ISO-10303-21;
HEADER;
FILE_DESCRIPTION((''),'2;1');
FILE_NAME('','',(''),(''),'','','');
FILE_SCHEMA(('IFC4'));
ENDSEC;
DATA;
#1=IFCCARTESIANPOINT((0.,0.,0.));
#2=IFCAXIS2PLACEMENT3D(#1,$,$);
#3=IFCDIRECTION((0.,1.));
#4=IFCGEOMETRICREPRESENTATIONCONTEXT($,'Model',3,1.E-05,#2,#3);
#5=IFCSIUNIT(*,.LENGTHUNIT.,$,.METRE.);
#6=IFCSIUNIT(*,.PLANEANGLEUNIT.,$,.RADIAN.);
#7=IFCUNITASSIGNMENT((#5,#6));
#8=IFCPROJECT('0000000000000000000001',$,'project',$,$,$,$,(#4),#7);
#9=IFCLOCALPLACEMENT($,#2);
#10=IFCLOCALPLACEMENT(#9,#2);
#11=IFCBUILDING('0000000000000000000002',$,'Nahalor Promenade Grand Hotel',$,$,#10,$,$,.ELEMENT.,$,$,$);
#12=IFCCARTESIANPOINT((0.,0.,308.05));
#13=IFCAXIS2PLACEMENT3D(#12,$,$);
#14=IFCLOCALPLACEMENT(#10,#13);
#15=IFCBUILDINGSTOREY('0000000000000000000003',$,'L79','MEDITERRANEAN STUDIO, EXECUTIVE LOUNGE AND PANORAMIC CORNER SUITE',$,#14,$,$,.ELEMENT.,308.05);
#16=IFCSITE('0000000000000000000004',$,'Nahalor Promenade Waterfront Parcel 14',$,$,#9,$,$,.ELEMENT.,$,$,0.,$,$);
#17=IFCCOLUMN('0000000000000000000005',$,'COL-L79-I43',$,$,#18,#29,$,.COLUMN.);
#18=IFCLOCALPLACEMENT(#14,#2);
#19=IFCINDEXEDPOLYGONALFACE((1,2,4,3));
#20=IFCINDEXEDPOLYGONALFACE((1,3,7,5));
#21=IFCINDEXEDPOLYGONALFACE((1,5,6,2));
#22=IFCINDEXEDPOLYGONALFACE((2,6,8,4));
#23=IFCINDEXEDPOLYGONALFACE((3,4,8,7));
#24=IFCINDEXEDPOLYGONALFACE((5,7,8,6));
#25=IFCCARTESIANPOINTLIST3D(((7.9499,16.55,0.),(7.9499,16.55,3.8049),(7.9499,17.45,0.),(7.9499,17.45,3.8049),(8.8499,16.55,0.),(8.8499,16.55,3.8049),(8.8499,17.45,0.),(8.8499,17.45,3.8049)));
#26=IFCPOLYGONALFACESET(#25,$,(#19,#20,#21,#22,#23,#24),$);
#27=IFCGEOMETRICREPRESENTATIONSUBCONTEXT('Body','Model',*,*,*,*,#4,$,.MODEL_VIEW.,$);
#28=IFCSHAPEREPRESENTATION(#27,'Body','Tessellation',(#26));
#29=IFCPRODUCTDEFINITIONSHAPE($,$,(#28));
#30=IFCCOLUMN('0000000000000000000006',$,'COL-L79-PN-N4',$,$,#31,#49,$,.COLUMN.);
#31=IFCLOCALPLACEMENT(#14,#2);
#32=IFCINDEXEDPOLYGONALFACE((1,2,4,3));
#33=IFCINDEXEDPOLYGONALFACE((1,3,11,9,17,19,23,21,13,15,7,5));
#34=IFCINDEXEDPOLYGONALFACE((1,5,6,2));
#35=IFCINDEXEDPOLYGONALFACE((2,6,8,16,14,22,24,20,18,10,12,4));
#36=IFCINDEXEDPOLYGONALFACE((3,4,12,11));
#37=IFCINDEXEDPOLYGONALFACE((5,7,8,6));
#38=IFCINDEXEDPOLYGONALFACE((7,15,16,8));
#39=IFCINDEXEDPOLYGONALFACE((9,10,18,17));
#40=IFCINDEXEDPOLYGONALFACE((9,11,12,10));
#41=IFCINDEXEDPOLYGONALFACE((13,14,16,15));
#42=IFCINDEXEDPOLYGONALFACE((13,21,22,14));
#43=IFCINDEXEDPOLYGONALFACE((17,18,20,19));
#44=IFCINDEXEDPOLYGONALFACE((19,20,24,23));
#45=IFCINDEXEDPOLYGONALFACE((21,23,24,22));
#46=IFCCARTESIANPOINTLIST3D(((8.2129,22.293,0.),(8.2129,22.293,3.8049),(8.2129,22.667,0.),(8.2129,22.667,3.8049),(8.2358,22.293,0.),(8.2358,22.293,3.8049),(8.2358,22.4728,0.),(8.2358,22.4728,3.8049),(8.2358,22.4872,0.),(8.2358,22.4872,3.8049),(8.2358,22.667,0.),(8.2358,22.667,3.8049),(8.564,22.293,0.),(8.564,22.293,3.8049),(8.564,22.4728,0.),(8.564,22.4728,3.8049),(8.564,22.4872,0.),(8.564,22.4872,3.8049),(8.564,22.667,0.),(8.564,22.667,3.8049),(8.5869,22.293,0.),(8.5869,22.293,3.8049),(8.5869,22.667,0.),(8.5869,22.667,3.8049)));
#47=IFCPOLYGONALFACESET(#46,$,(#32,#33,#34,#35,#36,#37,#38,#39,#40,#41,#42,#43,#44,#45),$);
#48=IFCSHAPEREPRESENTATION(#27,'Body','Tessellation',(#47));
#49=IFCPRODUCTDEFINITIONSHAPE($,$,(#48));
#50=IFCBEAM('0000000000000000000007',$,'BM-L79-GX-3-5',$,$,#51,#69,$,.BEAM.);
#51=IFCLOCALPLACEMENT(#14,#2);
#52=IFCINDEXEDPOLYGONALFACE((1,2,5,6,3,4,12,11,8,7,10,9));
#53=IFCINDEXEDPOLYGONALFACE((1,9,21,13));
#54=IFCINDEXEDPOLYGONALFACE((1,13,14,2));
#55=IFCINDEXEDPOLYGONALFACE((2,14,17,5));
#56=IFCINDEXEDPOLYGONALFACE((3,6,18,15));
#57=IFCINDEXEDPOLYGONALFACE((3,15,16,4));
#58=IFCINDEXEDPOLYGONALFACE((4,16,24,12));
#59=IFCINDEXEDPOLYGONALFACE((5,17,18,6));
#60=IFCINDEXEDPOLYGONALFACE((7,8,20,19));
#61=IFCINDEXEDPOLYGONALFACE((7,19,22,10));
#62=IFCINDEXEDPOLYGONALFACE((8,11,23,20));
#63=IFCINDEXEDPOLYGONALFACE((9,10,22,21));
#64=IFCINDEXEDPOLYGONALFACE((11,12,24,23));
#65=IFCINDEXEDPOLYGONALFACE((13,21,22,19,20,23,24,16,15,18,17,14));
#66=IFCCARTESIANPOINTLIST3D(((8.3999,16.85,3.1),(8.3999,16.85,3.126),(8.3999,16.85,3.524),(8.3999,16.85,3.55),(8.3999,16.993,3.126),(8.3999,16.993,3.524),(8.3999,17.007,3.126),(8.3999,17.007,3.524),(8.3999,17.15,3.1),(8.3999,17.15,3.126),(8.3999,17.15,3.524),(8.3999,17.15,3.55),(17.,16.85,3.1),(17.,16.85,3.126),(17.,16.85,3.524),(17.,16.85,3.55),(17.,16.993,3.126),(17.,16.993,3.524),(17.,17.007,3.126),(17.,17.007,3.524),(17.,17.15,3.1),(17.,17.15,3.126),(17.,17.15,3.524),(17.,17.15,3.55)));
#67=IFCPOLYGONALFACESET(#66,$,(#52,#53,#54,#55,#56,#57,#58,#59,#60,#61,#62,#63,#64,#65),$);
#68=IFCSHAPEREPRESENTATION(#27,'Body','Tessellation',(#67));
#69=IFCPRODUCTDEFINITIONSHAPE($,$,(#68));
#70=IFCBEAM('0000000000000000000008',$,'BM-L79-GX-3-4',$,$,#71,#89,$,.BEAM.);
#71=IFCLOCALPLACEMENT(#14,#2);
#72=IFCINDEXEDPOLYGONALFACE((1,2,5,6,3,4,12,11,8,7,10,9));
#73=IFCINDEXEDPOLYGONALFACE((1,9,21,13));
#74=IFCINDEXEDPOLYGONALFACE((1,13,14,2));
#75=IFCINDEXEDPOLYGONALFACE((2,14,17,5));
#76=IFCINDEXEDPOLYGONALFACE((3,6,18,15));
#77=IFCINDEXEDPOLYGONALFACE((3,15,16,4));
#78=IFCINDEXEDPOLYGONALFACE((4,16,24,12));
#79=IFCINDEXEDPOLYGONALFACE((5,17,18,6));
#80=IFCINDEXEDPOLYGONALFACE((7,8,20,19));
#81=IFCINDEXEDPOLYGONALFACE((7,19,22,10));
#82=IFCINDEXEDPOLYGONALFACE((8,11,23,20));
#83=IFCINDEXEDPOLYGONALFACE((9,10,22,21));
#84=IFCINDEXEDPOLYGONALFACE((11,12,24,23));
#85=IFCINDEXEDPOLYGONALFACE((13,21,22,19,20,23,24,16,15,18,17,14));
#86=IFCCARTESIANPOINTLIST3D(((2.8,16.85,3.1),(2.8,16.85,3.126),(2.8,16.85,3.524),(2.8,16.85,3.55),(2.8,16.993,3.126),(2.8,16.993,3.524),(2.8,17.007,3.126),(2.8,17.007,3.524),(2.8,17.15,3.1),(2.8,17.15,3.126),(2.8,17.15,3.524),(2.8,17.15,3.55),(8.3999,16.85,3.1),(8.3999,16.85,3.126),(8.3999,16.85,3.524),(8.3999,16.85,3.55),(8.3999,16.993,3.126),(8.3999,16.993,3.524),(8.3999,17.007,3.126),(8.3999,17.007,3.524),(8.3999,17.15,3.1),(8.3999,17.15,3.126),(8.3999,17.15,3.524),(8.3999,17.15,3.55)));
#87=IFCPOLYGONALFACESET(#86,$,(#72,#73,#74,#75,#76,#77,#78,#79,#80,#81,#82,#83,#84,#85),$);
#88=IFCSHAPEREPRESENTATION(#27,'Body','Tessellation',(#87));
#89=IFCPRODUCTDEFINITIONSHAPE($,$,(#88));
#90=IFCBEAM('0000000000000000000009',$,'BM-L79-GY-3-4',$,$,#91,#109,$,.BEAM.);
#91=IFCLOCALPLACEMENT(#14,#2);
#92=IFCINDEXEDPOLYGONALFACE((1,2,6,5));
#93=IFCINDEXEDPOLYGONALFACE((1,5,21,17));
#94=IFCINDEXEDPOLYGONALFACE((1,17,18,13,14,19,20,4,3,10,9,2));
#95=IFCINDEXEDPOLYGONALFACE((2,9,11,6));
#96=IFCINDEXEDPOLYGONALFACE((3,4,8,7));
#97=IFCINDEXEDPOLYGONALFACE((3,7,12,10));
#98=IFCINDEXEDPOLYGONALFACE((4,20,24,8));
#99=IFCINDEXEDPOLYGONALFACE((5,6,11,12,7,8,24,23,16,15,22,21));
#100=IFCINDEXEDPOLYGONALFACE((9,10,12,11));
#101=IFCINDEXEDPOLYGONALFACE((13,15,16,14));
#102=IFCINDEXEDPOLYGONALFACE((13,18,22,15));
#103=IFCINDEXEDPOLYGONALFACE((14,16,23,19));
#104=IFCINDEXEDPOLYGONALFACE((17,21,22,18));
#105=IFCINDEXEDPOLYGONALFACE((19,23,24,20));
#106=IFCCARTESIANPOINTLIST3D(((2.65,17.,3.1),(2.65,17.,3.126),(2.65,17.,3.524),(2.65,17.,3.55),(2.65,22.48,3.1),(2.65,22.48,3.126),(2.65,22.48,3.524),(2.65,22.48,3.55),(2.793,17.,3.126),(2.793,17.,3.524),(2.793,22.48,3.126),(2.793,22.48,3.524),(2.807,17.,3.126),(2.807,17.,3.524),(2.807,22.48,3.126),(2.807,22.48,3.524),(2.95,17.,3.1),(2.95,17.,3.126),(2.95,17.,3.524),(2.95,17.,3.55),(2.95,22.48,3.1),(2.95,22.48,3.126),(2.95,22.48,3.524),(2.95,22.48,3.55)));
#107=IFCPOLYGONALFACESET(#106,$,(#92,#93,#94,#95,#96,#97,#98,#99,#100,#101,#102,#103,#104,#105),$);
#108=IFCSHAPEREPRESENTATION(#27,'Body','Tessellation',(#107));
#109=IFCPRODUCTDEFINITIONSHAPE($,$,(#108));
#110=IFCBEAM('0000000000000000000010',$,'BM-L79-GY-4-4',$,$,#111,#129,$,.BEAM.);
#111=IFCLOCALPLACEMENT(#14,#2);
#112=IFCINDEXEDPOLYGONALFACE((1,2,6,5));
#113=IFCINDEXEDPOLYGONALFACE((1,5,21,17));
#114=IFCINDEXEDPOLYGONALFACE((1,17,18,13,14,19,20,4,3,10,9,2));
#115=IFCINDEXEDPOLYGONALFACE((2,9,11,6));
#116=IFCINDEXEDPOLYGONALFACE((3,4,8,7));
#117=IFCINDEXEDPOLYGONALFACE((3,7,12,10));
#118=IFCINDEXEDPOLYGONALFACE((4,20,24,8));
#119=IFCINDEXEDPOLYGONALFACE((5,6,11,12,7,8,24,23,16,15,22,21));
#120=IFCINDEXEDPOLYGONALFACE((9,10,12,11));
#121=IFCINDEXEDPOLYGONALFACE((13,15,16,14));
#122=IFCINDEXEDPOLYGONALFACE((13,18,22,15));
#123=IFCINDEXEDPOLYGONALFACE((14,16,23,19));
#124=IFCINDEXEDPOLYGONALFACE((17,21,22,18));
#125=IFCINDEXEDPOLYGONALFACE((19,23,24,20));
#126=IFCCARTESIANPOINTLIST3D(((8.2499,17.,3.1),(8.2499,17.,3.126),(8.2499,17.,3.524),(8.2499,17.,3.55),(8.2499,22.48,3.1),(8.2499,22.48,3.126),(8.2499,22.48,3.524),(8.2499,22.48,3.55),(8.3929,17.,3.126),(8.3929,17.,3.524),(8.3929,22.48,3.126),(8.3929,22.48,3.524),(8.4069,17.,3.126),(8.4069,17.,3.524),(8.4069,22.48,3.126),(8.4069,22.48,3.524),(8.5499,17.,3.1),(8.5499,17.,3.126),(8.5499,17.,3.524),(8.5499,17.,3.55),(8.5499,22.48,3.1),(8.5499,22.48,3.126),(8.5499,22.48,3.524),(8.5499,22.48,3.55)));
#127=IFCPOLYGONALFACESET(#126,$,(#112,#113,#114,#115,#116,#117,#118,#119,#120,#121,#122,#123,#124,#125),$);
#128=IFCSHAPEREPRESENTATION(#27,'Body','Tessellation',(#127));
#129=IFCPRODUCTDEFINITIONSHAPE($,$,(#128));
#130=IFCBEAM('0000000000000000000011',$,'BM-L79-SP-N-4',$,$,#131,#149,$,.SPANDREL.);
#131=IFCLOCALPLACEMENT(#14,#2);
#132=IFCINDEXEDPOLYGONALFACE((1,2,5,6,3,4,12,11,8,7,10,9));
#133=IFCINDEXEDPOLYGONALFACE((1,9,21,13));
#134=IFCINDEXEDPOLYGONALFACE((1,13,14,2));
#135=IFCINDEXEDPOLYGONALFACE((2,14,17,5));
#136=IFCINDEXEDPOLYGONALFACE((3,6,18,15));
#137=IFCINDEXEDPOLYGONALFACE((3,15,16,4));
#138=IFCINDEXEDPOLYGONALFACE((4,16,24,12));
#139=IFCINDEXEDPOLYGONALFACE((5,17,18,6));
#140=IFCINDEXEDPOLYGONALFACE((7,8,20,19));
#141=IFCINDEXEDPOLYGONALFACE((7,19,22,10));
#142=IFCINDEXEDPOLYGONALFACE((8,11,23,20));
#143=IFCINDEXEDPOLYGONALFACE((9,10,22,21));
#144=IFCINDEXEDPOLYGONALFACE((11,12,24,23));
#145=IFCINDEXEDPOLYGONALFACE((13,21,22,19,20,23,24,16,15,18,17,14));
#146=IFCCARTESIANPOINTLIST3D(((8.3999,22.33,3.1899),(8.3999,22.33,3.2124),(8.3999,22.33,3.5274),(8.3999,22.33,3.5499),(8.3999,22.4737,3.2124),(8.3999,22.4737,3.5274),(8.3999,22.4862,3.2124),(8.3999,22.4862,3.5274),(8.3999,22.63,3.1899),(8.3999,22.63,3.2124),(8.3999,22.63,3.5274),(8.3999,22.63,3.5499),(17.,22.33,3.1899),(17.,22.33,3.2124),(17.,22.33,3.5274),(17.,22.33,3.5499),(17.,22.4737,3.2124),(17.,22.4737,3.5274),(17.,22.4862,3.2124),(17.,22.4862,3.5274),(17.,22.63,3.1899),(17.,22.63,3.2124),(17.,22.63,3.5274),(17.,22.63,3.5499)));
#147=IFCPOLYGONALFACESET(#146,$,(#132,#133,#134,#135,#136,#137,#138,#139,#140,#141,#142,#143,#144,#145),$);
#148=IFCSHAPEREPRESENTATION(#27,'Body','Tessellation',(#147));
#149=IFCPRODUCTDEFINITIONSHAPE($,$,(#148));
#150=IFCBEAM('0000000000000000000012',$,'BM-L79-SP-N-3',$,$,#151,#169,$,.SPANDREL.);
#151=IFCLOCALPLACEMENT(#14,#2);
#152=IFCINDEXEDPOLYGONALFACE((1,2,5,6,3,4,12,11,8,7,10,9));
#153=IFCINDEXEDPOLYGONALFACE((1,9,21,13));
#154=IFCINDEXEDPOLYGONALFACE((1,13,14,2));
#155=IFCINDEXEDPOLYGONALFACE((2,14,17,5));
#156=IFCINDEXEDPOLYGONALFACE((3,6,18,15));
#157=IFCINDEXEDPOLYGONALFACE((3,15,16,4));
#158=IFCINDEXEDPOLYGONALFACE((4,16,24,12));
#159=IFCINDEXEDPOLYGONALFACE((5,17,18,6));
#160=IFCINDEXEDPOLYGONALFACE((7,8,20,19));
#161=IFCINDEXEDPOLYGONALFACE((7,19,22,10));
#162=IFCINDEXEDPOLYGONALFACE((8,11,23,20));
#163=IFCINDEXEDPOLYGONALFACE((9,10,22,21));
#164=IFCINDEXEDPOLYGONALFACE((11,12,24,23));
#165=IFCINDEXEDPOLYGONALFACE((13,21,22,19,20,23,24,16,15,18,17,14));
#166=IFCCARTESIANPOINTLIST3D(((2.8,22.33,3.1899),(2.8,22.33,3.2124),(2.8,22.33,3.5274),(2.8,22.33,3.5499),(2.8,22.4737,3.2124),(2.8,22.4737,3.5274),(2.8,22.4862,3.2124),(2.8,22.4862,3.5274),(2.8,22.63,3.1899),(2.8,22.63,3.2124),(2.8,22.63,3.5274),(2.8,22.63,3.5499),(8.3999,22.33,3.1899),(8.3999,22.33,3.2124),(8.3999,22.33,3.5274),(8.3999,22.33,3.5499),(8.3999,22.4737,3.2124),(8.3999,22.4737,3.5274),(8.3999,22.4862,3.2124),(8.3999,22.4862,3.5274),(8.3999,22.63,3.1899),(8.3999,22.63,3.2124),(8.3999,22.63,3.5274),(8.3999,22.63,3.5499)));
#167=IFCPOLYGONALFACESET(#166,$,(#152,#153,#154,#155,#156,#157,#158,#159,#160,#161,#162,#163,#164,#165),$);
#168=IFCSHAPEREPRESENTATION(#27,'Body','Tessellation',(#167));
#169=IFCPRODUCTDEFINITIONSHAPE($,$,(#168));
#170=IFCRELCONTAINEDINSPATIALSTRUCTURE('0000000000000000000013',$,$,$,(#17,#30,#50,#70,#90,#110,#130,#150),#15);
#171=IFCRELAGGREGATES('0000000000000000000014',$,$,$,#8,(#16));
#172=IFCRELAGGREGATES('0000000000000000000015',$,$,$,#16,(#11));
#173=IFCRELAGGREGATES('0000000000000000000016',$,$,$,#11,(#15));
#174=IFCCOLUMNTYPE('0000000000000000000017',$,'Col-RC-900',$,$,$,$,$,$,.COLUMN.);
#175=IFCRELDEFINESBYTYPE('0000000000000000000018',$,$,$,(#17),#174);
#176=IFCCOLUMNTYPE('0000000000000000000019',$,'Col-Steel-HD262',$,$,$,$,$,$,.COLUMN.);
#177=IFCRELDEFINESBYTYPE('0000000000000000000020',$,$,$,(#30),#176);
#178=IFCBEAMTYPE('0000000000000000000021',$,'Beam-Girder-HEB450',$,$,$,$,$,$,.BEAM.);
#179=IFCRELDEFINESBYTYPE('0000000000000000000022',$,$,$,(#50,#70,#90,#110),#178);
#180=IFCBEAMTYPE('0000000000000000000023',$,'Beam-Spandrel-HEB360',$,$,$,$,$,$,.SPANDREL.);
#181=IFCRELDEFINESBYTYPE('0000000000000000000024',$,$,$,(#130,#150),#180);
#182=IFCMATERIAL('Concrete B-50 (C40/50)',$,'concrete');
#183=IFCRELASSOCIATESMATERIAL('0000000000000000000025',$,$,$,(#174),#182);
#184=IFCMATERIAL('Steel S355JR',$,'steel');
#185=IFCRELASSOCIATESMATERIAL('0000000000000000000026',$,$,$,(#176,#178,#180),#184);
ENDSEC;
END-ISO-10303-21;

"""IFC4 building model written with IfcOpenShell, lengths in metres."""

from ifc_helpers import new_model, si_unit, direction, frame, origin, origin_2d, place, context, subcontext, project, spatial, rectangle, i_section, extrude, source, transform, mapped, material, material_profile, profile_set, type_object, element, save


model = new_model("IFC4")

# Units and contexts
model_context = context("Model", 3, precision=1e-05, world=origin(), true_north=direction((0.0, 1.0)))
body_context = subcontext(model_context, "Body", "Model", "MODEL_VIEW")
ifc_project = project(units=[si_unit("LENGTHUNIT", "METRE"), si_unit("PLANEANGLEUNIT", "RADIAN")], contexts=[model_context])

# Site, building, storey
site_placement = place(None, origin())
site = spatial("IfcSite", under=ifc_project, at=site_placement, Name="Nahalor Promenade Waterfront Parcel 14", CompositionType="ELEMENT", RefElevation=0.0)
building_placement = place(site_placement, origin())
building = spatial("IfcBuilding", under=site, at=building_placement, Name="Nahalor Promenade Grand Hotel", CompositionType="ELEMENT")
storey_placement = place(building_placement, frame((0.0, 0.0, 308.05)))
storey = spatial("IfcBuildingStorey", under=building, at=storey_placement, Name="L79", Description="MEDITERRANEAN STUDIO, EXECUTIVE LOUNGE AND PANORAMIC CORNER SUITE", CompositionType="ELEMENT", Elevation=308.05)

# Columns
ifc_material_1 = material(Name="Concrete B-50 (C40/50)", Category="concrete")
ifc_material_profile_1 = material_profile(ifc_material_1, rectangle(XDim=0.9, YDim=0.9, at=origin_2d()), Name="RC 900x900")
ifc_profile_set_1 = profile_set([ifc_material_profile_1], Name="Concrete B-50 (C40/50)")
column_type_1 = type_object("IfcColumnType", Name="Col-RC-900", PredefinedType="COLUMN", material=ifc_profile_set_1)
shared_shape_1 = source(origin(), body_context, "Body", "SweptSolid", [
    extrude(rectangle(XDim=0.9, YDim=0.9, at=origin_2d()), origin(), (0.0, 0.0, 1.0), 3.8049),
])
column_1_placement = place(storey_placement, frame((8.3999, 17.0, 0.0), z_axis=(0.0, 0.0, 1.0), x_axis=(1.0, 0.0, 0.0)))
element("IfcColumn", 1, at=column_1_placement, inside=storey, type_object=column_type_1, Name="COL-L79-I43", PredefinedType="COLUMN", context=body_context, shape_type="MappedRepresentation", body=[
    mapped(shared_shape_1, transform((0.0, 0.0, 0.0), scale=1.0)),
])
ifc_material_2 = material(Name="Steel S355JR", Category="steel")
ifc_material_profile_2 = material_profile(ifc_material_2, i_section(OverallWidth=0.374, OverallDepth=0.374, WebThickness=0.0144, FlangeThickness=0.0229, at=origin_2d()), Name="HD 360x262")
ifc_profile_set_2 = profile_set([ifc_material_profile_2], Name="Steel S355JR")
column_type_2 = type_object("IfcColumnType", Name="Col-Steel-HD262", PredefinedType="COLUMN", material=ifc_profile_set_2)
shared_shape_2 = source(origin(), body_context, "Body", "SweptSolid", [
    extrude(i_section(OverallWidth=0.374, OverallDepth=0.374, WebThickness=0.0144, FlangeThickness=0.0229, at=origin_2d()), origin(), (0.0, 0.0, 1.0), 3.8049),
])
column_2_placement = place(storey_placement, frame((8.3999, 22.48, 0.0), z_axis=(0.0, 0.0, 1.0), x_axis=(0.0, 1.0, 0.0)))
element("IfcColumn", 2, at=column_2_placement, inside=storey, type_object=column_type_2, Name="COL-L79-PN-N4", PredefinedType="COLUMN", context=body_context, shape_type="MappedRepresentation", body=[
    mapped(shared_shape_2, transform((0.0, 0.0, 0.0), scale=1.0)),
])

# Beams
ifc_material_profile_3 = material_profile(ifc_material_2, i_section(OverallWidth=0.3, OverallDepth=0.45, WebThickness=0.014, FlangeThickness=0.026, at=origin_2d()), Name="HEB 450")
ifc_profile_set_3 = profile_set([ifc_material_profile_3], Name="Steel S355JR")
beam_type_1 = type_object("IfcBeamType", Name="Beam-Girder-HEB450", PredefinedType="BEAM", material=ifc_profile_set_3)
shared_shape_3 = source(origin(), body_context, "Body", "SweptSolid", [
    extrude(i_section(OverallWidth=0.3, OverallDepth=0.45, WebThickness=0.014, FlangeThickness=0.026, at=origin_2d()), origin(), (0.0, 0.0, 1.0), 8.6001),
])
beam_1_placement = place(storey_placement, frame((8.3999, 17.0, 3.325), z_axis=(1.0, 0.0, 0.0), x_axis=(0.0, 1.0, 0.0)))
element("IfcBeam", 3, at=beam_1_placement, inside=storey, type_object=beam_type_1, Name="BM-L79-GX-3-5", PredefinedType="BEAM", context=body_context, shape_type="MappedRepresentation", body=[
    mapped(shared_shape_3, transform((0.0, 0.0, 0.0), scale=1.0)),
])
shared_shape_4 = source(origin(), body_context, "Body", "SweptSolid", [
    extrude(i_section(OverallWidth=0.3, OverallDepth=0.45, WebThickness=0.014, FlangeThickness=0.026, at=origin_2d()), origin(), (0.0, 0.0, 1.0), 5.5999),
])
beam_2_placement = place(storey_placement, frame((2.8, 17.0, 3.325), z_axis=(1.0, 0.0, 0.0), x_axis=(0.0, 1.0, 0.0)))
element("IfcBeam", 4, at=beam_2_placement, inside=storey, type_object=beam_type_1, Name="BM-L79-GX-3-4", PredefinedType="BEAM", context=body_context, shape_type="MappedRepresentation", body=[
    mapped(shared_shape_4, transform((0.0, 0.0, 0.0), scale=1.0)),
])
shared_shape_5 = source(origin(), body_context, "Body", "SweptSolid", [
    extrude(i_section(OverallWidth=0.3, OverallDepth=0.45, WebThickness=0.014, FlangeThickness=0.026, at=origin_2d()), origin(), (0.0, 0.0, 1.0), 5.48),
])
for number, where, z_axis, x_axis, name in (
    (5, (2.8, 17.0, 3.325), (0.0, 1.0, 0.0), (-1.0, 0.0, 0.0), "BM-L79-GY-3-4"),
    (6, (8.3999, 17.0, 3.325), (0.0, 1.0, 0.0), (-1.0, 0.0, 0.0), "BM-L79-GY-4-4"),
):
    element("IfcBeam", number, at=place(storey_placement, frame(where, z_axis=z_axis, x_axis=x_axis)), inside=storey, type_object=beam_type_1, Name=name, PredefinedType="BEAM", context=body_context, shape_type="MappedRepresentation", body=[
        mapped(shared_shape_5, transform((0.0, 0.0, 0.0), scale=1.0)),
    ])
ifc_material_profile_4 = material_profile(ifc_material_2, i_section(OverallWidth=0.3, OverallDepth=0.36, WebThickness=0.0125, FlangeThickness=0.0225, at=origin_2d()), Name="HEB 360")
ifc_profile_set_4 = profile_set([ifc_material_profile_4], Name="Steel S355JR")
beam_type_2 = type_object("IfcBeamType", Name="Beam-Spandrel-HEB360", PredefinedType="SPANDREL", material=ifc_profile_set_4)
shared_shape_6 = source(origin(), body_context, "Body", "SweptSolid", [
    extrude(i_section(OverallWidth=0.3, OverallDepth=0.36, WebThickness=0.0125, FlangeThickness=0.0225, at=origin_2d()), origin(), (0.0, 0.0, 1.0), 8.6001),
])
beam_3_placement = place(storey_placement, frame((8.3999, 22.48, 3.3699), z_axis=(1.0, 0.0, 0.0), x_axis=(0.0, 1.0, 0.0)))
element("IfcBeam", 7, at=beam_3_placement, inside=storey, type_object=beam_type_2, Name="BM-L79-SP-N-4", PredefinedType="SPANDREL", context=body_context, shape_type="MappedRepresentation", body=[
    mapped(shared_shape_6, transform((0.0, 0.0, 0.0), scale=1.0)),
])
shared_shape_7 = source(origin(), body_context, "Body", "SweptSolid", [
    extrude(i_section(OverallWidth=0.3, OverallDepth=0.36, WebThickness=0.0125, FlangeThickness=0.0225, at=origin_2d()), origin(), (0.0, 0.0, 1.0), 5.5999),
])
beam_4_placement = place(storey_placement, frame((2.8, 22.48, 3.3699), z_axis=(1.0, 0.0, 0.0), x_axis=(0.0, 1.0, 0.0)))
element("IfcBeam", 8, at=beam_4_placement, inside=storey, type_object=beam_type_2, Name="BM-L79-SP-N-3", PredefinedType="SPANDREL", context=body_context, shape_type="MappedRepresentation", body=[
    mapped(shared_shape_7, transform((0.0, 0.0, 0.0), scale=1.0)),
])

save(model, "model.ifc")
